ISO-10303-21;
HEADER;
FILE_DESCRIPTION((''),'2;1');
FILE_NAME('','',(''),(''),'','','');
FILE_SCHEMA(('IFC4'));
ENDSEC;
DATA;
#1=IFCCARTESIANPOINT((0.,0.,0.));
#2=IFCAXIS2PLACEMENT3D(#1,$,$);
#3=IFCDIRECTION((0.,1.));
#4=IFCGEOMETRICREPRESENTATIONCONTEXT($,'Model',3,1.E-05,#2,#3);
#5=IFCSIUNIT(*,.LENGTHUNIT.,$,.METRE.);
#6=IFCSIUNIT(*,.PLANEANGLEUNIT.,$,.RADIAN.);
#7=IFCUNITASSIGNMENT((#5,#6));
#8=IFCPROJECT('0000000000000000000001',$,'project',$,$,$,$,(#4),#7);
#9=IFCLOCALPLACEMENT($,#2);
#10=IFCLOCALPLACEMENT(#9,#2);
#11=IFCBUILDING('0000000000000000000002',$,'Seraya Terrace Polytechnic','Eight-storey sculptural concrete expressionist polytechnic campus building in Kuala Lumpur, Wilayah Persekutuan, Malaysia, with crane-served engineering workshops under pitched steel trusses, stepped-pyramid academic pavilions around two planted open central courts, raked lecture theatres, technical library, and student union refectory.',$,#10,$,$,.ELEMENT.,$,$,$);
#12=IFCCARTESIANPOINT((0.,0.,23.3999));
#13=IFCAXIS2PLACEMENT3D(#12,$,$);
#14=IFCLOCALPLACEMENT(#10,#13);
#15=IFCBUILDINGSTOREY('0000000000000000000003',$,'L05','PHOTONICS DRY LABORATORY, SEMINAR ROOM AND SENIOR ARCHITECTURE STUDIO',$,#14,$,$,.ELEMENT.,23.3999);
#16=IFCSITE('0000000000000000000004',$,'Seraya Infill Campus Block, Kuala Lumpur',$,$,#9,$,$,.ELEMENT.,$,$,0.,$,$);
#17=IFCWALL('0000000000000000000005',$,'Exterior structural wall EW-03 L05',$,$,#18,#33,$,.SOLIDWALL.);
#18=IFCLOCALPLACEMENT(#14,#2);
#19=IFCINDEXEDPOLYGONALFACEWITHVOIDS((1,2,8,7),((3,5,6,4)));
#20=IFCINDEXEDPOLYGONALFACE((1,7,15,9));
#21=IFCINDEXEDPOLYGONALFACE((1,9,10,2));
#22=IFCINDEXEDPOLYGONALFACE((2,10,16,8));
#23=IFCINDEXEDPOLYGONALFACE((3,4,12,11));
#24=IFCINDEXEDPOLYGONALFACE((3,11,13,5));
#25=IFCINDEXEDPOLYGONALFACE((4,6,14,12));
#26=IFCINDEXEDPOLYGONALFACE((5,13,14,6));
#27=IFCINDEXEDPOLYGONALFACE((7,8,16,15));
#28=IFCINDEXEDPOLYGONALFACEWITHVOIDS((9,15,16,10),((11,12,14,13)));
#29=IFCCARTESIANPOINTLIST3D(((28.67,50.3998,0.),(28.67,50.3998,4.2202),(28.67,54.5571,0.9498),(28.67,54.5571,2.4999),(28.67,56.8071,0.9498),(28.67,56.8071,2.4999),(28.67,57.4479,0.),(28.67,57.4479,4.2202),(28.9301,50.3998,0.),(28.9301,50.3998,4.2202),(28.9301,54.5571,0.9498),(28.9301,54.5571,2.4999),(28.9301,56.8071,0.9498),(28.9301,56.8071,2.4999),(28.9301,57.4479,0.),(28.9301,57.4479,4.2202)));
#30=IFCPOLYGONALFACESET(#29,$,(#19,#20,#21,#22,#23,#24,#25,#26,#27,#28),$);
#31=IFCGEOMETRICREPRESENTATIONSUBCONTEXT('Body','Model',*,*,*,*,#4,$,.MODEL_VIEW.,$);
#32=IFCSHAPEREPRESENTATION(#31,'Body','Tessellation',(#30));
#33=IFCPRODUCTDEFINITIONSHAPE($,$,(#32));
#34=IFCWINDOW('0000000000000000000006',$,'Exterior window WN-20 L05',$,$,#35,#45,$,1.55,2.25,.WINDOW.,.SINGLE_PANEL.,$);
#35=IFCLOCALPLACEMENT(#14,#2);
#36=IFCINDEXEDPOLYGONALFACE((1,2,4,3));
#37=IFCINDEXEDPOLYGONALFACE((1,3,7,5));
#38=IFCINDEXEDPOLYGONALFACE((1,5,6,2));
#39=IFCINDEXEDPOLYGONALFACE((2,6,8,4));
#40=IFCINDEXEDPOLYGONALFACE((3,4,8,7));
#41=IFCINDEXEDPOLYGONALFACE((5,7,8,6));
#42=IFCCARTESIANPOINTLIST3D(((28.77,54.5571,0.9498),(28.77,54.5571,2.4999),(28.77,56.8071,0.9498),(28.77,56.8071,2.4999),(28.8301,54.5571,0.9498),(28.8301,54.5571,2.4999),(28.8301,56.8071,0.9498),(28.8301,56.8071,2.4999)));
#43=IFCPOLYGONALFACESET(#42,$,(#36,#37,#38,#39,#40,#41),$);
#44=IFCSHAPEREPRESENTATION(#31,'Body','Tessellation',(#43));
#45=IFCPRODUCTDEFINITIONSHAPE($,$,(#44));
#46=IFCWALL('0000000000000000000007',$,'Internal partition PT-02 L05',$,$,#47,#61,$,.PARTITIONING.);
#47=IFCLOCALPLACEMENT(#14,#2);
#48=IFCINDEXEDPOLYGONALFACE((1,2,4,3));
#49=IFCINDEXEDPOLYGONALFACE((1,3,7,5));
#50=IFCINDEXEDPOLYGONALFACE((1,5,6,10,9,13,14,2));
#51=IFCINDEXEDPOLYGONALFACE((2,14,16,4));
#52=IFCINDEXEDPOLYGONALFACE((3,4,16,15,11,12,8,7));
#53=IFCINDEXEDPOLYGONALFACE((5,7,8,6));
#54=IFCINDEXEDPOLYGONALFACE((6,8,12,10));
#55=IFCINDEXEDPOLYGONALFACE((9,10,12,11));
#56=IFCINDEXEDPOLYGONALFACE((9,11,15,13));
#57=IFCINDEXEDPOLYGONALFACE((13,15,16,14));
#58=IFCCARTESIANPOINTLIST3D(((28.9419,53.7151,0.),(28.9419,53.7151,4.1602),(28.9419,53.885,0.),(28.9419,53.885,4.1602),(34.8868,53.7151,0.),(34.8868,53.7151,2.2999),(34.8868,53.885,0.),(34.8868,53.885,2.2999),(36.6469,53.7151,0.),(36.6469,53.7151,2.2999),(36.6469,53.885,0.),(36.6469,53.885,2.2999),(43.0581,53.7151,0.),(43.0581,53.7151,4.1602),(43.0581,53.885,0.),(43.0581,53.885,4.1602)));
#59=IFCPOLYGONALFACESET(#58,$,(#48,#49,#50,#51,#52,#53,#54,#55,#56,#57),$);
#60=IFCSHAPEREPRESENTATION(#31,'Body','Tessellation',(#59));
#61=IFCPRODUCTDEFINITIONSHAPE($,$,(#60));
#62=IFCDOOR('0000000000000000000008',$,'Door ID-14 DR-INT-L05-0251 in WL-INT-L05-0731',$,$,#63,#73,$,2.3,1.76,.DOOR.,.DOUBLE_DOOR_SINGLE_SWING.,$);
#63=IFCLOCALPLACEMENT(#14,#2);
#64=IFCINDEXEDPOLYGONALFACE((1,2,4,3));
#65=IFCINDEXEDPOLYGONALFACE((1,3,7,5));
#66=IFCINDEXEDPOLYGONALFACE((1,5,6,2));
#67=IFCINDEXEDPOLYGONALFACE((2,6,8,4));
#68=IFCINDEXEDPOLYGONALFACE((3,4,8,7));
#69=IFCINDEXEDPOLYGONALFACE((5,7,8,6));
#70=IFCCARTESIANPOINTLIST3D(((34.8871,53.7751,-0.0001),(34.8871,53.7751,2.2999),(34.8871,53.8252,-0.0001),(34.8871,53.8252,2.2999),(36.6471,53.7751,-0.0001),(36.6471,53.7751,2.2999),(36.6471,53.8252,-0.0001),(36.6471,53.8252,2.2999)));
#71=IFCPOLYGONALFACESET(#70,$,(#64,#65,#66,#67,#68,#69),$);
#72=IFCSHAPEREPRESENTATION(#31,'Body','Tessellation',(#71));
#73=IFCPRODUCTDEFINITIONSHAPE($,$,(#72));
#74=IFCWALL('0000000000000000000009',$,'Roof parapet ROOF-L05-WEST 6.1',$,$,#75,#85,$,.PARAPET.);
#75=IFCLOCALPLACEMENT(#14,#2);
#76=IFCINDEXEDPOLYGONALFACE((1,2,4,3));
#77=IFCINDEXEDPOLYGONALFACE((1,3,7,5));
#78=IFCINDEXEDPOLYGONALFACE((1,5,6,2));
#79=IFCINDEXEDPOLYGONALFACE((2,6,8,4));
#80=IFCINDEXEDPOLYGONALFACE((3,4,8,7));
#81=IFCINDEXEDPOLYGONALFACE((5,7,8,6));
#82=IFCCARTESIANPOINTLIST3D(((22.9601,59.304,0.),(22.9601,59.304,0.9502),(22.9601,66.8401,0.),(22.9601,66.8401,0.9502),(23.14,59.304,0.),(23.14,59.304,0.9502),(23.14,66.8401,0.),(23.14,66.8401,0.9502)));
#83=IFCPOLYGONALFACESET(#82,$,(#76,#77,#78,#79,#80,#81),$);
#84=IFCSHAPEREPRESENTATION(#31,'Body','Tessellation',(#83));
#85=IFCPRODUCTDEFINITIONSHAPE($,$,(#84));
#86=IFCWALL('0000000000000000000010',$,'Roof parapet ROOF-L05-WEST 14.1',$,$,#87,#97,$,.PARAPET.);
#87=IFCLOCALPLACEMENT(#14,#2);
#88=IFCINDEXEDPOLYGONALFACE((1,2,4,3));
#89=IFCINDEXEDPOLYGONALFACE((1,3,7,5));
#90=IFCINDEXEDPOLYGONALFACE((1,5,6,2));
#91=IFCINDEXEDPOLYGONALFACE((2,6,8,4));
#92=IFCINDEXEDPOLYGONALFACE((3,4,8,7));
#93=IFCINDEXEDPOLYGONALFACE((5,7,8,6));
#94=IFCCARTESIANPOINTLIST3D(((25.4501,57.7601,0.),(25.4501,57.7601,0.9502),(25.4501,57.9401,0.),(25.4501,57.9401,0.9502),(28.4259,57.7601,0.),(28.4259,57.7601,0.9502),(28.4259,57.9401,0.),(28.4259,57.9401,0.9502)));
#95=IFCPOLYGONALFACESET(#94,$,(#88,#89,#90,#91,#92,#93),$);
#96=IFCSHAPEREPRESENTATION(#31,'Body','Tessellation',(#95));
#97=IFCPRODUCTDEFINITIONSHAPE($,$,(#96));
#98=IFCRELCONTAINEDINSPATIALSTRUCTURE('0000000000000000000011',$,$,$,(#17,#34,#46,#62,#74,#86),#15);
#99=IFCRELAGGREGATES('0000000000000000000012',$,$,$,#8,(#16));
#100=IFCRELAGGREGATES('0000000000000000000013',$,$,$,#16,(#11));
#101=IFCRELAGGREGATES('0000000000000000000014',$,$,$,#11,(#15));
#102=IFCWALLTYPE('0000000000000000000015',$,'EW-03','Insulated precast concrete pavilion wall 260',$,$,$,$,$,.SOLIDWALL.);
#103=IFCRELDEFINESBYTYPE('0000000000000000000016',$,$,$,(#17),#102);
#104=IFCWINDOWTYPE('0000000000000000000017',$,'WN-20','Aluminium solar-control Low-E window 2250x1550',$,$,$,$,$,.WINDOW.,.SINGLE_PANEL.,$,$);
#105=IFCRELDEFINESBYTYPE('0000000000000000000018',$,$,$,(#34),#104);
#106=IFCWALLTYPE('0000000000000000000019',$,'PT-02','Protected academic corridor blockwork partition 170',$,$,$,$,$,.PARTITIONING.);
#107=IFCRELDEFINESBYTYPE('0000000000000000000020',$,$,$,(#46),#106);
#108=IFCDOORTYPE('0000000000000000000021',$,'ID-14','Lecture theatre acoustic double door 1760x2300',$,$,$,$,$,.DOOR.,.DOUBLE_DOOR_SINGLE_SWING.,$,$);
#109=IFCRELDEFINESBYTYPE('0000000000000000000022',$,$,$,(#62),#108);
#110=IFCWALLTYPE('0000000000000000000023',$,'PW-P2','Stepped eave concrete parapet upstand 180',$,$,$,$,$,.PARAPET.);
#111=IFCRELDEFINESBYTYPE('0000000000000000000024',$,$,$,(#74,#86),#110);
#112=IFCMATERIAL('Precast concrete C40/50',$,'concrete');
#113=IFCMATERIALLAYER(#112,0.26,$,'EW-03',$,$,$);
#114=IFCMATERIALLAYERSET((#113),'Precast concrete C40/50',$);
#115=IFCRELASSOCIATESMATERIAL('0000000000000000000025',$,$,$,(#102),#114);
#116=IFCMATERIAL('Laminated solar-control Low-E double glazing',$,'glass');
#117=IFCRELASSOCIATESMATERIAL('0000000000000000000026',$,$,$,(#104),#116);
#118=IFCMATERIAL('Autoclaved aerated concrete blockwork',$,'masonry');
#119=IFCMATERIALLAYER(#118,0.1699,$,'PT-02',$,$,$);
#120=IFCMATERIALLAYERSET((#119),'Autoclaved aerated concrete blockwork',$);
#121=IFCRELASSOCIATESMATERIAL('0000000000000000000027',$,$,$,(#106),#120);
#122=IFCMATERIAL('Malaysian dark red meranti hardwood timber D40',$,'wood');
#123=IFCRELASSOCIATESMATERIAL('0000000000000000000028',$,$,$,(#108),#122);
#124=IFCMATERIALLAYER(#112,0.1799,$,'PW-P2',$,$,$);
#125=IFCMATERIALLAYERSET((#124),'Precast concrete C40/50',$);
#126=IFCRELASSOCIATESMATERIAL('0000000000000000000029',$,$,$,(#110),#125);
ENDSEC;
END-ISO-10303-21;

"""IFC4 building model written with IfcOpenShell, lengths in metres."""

from ifc_helpers import new_model, si_unit, direction, frame, frame_2d, origin, place, context, subcontext, project, spatial, rectangle, extrude, material, layer, layer_set, type_object, element, fill, save


model = new_model("IFC4")

# Units and contexts
model_context = context("Model", 3, precision=1e-05, world=origin(), true_north=direction((0.0, 1.0)))
body_context = subcontext(model_context, "Body", "Model", "MODEL_VIEW")
ifc_project = project(units=[si_unit("LENGTHUNIT", "METRE"), si_unit("PLANEANGLEUNIT", "RADIAN")], contexts=[model_context])

# Site, building, storey
site_placement = place(None, origin())
site = spatial("IfcSite", under=ifc_project, at=site_placement, Name="Seraya Infill Campus Block, Kuala Lumpur", CompositionType="ELEMENT", RefElevation=0.0)
building_placement = place(site_placement, origin())
building = spatial("IfcBuilding", under=site, at=building_placement, Name="Seraya Terrace Polytechnic", Description="Eight-storey sculptural concrete expressionist polytechnic campus building in Kuala Lumpur, Wilayah Persekutuan, Malaysia, with crane-served engineering workshops under pitched steel trusses, stepped-pyramid academic pavilions around two planted open central courts, raked lecture theatres, technical library, and student union refectory.", CompositionType="ELEMENT")
storey_placement = place(building_placement, frame((0.0, 0.0, 23.3999)))
storey = spatial("IfcBuildingStorey", under=building, at=storey_placement, Name="L05", Description="PHOTONICS DRY LABORATORY, SEMINAR ROOM AND SENIOR ARCHITECTURE STUDIO", CompositionType="ELEMENT", Elevation=23.3999)

# Wall, opening, window
ifc_material_1 = material(Name="Precast concrete C40/50", Category="concrete")
ifc_layer_1 = layer(ifc_material_1, 0.26, Name="EW-03")
ifc_layer_set_1 = layer_set([ifc_layer_1], Name="Precast concrete C40/50")
wall_type_1 = type_object("IfcWallType", Name="EW-03", Description="Insulated precast concrete pavilion wall 260", PredefinedType="SOLIDWALL", material=ifc_layer_set_1)
ifc_material_2 = material(Name="Laminated solar-control Low-E double glazing", Category="glass")
wall_1_placement = place(storey_placement, frame((28.8, 50.3999, 0.0), z_axis=(0.0, 0.0, 1.0), x_axis=(0.0, 1.0, 0.0)))
wall_1 = element("IfcWall", 1, at=wall_1_placement, inside=storey, type_object=wall_type_1, Name="Exterior structural wall EW-03 L05", PredefinedType="SOLIDWALL", context=body_context, shape_type="SweptSolid", body=[
    extrude(rectangle(XDim=7.0481, YDim=0.26, at=frame_2d((3.5239, 0.0))), origin(), (0.0, 0.0, 1.0), 4.2202),
])
opening_1_placement = place(wall_1_placement, frame((4.1572, 0.0, 0.95)))
opening_1 = element("IfcOpeningElement", 2, at=opening_1_placement, cuts=wall_1, PredefinedType="OPENING", context=body_context, shape_type="SweptSolid", body=[
    extrude(rectangle(XDim=2.25, YDim=1.55, at=frame_2d((1.125, 0.7749))), frame((0.0, 0.1421, 0.0), z_axis=(0.0, -1.0, 0.0), x_axis=(1.0, 0.0, 0.0)), (0.0, 0.0, 1.0), 0.2839),
])
window_type_1 = type_object("IfcWindowType", Name="WN-20", Description="Aluminium solar-control Low-E window 2250x1550", PartitioningType="SINGLE_PANEL", PredefinedType="WINDOW", material=ifc_material_2)
window_1_placement = place(opening_1_placement, origin())
window_1 = element("IfcWindow", 3, at=window_1_placement, inside=storey, type_object=window_type_1, Name="Exterior window WN-20 L05", OverallHeight=1.55, OverallWidth=2.25, PartitioningType="SINGLE_PANEL", PredefinedType="WINDOW", context=body_context, shape_type="SweptSolid", body=[
    extrude(rectangle(XDim=2.25, YDim=1.55, at=frame_2d((1.125, 0.7749))), frame((0.0, 0.03, 0.0), z_axis=(0.0, -1.0, 0.0), x_axis=(1.0, 0.0, 0.0)), (0.0, 0.0, 1.0), 0.0601),
])
fill(opening_1, window_1)

# Wall, opening, door
ifc_material_3 = material(Name="Autoclaved aerated concrete blockwork", Category="masonry")
ifc_layer_2 = layer(ifc_material_3, 0.1699, Name="PT-02")
ifc_layer_set_2 = layer_set([ifc_layer_2], Name="Autoclaved aerated concrete blockwork")
wall_type_2 = type_object("IfcWallType", Name="PT-02", Description="Protected academic corridor blockwork partition 170", PredefinedType="PARTITIONING", material=ifc_layer_set_2)
wall_2_placement = place(storey_placement, frame((28.9419, 53.8, 0.0), z_axis=(0.0, 0.0, 1.0), x_axis=(1.0, 0.0, 0.0)))
wall_2 = element("IfcWall", 4, at=wall_2_placement, inside=storey, type_object=wall_type_2, Name="Internal partition PT-02 L05", PredefinedType="PARTITIONING", context=body_context, shape_type="SweptSolid", body=[
    extrude(rectangle(XDim=14.1162, YDim=0.1699, at=frame_2d((7.0581, 0.0))), origin(), (0.0, 0.0, 1.0), 4.1602),
])
opening_2_placement = place(wall_2_placement, frame((5.9451, 0.0, 0.0)))
opening_2 = element("IfcOpeningElement", 5, at=opening_2_placement, cuts=wall_2, PredefinedType="OPENING", context=body_context, shape_type="SweptSolid", body=[
    extrude(rectangle(XDim=1.76, YDim=2.3, at=frame_2d((0.8799, 1.1499))), frame((0.0, 0.0969, 0.0), z_axis=(0.0, -1.0, 0.0), x_axis=(1.0, 0.0, 0.0)), (0.0, 0.0, 1.0), 0.1938),
])
ifc_material_4 = material(Name="Malaysian dark red meranti hardwood timber D40", Category="wood")
door_type = type_object("IfcDoorType", Name="ID-14", Description="Lecture theatre acoustic double door 1760x2300", OperationType="DOUBLE_DOOR_SINGLE_SWING", PredefinedType="DOOR", material=ifc_material_4)
door_placement = place(opening_2_placement, frame((1.76, 0.0, 0.0), z_axis=(0.0, 0.0, 1.0), x_axis=(-1.0, 0.0, 0.0)))
door = element("IfcDoor", 6, at=door_placement, inside=storey, type_object=door_type, Name="Door ID-14 DR-INT-L05-0251 in WL-INT-L05-0731", OperationType="DOUBLE_DOOR_SINGLE_SWING", OverallHeight=2.3, OverallWidth=1.76, PredefinedType="DOOR", context=body_context, shape_type="SweptSolid", body=[
    extrude(rectangle(XDim=1.76, YDim=2.3, at=frame_2d((0.8799, 1.1499))), frame((0.0, 0.0249, 0.0), z_axis=(0.0, -1.0, 0.0), x_axis=(1.0, 0.0, 0.0)), (0.0, 0.0, 1.0), 0.05),
])
fill(opening_2, door)

# Walls
ifc_layer_3 = layer(ifc_material_1, 0.1799, Name="PW-P2")
ifc_layer_set_3 = layer_set([ifc_layer_3], Name="Precast concrete C40/50")
wall_type_3 = type_object("IfcWallType", Name="PW-P2", Description="Stepped eave concrete parapet upstand 180", PredefinedType="PARAPET", material=ifc_layer_set_3)
wall_3_placement = place(storey_placement, frame((23.05, 59.304, 0.0), z_axis=(0.0, 0.0, 1.0), x_axis=(0.0, 1.0, 0.0)))
element("IfcWall", 7, at=wall_3_placement, inside=storey, type_object=wall_type_3, Name="Roof parapet ROOF-L05-WEST 6.1", PredefinedType="PARAPET", context=body_context, shape_type="SweptSolid", body=[
    extrude(rectangle(XDim=7.5361, YDim=0.1799, at=frame_2d((3.7681, 0.0))), origin(), (0.0, 0.0, 1.0), 0.9502),
])
wall_4_placement = place(storey_placement, frame((28.4258, 57.8501, 0.0), z_axis=(0.0, 0.0, 1.0), x_axis=(-1.0, 0.0, 0.0)))
element("IfcWall", 8, at=wall_4_placement, inside=storey, type_object=wall_type_3, Name="Roof parapet ROOF-L05-WEST 14.1", PredefinedType="PARAPET", context=body_context, shape_type="SweptSolid", body=[
    extrude(rectangle(XDim=2.9758, YDim=0.1799, at=frame_2d((1.4878, 0.0))), origin(), (0.0, 0.0, 1.0), 0.9502),
])

save(model, "model.ifc")
